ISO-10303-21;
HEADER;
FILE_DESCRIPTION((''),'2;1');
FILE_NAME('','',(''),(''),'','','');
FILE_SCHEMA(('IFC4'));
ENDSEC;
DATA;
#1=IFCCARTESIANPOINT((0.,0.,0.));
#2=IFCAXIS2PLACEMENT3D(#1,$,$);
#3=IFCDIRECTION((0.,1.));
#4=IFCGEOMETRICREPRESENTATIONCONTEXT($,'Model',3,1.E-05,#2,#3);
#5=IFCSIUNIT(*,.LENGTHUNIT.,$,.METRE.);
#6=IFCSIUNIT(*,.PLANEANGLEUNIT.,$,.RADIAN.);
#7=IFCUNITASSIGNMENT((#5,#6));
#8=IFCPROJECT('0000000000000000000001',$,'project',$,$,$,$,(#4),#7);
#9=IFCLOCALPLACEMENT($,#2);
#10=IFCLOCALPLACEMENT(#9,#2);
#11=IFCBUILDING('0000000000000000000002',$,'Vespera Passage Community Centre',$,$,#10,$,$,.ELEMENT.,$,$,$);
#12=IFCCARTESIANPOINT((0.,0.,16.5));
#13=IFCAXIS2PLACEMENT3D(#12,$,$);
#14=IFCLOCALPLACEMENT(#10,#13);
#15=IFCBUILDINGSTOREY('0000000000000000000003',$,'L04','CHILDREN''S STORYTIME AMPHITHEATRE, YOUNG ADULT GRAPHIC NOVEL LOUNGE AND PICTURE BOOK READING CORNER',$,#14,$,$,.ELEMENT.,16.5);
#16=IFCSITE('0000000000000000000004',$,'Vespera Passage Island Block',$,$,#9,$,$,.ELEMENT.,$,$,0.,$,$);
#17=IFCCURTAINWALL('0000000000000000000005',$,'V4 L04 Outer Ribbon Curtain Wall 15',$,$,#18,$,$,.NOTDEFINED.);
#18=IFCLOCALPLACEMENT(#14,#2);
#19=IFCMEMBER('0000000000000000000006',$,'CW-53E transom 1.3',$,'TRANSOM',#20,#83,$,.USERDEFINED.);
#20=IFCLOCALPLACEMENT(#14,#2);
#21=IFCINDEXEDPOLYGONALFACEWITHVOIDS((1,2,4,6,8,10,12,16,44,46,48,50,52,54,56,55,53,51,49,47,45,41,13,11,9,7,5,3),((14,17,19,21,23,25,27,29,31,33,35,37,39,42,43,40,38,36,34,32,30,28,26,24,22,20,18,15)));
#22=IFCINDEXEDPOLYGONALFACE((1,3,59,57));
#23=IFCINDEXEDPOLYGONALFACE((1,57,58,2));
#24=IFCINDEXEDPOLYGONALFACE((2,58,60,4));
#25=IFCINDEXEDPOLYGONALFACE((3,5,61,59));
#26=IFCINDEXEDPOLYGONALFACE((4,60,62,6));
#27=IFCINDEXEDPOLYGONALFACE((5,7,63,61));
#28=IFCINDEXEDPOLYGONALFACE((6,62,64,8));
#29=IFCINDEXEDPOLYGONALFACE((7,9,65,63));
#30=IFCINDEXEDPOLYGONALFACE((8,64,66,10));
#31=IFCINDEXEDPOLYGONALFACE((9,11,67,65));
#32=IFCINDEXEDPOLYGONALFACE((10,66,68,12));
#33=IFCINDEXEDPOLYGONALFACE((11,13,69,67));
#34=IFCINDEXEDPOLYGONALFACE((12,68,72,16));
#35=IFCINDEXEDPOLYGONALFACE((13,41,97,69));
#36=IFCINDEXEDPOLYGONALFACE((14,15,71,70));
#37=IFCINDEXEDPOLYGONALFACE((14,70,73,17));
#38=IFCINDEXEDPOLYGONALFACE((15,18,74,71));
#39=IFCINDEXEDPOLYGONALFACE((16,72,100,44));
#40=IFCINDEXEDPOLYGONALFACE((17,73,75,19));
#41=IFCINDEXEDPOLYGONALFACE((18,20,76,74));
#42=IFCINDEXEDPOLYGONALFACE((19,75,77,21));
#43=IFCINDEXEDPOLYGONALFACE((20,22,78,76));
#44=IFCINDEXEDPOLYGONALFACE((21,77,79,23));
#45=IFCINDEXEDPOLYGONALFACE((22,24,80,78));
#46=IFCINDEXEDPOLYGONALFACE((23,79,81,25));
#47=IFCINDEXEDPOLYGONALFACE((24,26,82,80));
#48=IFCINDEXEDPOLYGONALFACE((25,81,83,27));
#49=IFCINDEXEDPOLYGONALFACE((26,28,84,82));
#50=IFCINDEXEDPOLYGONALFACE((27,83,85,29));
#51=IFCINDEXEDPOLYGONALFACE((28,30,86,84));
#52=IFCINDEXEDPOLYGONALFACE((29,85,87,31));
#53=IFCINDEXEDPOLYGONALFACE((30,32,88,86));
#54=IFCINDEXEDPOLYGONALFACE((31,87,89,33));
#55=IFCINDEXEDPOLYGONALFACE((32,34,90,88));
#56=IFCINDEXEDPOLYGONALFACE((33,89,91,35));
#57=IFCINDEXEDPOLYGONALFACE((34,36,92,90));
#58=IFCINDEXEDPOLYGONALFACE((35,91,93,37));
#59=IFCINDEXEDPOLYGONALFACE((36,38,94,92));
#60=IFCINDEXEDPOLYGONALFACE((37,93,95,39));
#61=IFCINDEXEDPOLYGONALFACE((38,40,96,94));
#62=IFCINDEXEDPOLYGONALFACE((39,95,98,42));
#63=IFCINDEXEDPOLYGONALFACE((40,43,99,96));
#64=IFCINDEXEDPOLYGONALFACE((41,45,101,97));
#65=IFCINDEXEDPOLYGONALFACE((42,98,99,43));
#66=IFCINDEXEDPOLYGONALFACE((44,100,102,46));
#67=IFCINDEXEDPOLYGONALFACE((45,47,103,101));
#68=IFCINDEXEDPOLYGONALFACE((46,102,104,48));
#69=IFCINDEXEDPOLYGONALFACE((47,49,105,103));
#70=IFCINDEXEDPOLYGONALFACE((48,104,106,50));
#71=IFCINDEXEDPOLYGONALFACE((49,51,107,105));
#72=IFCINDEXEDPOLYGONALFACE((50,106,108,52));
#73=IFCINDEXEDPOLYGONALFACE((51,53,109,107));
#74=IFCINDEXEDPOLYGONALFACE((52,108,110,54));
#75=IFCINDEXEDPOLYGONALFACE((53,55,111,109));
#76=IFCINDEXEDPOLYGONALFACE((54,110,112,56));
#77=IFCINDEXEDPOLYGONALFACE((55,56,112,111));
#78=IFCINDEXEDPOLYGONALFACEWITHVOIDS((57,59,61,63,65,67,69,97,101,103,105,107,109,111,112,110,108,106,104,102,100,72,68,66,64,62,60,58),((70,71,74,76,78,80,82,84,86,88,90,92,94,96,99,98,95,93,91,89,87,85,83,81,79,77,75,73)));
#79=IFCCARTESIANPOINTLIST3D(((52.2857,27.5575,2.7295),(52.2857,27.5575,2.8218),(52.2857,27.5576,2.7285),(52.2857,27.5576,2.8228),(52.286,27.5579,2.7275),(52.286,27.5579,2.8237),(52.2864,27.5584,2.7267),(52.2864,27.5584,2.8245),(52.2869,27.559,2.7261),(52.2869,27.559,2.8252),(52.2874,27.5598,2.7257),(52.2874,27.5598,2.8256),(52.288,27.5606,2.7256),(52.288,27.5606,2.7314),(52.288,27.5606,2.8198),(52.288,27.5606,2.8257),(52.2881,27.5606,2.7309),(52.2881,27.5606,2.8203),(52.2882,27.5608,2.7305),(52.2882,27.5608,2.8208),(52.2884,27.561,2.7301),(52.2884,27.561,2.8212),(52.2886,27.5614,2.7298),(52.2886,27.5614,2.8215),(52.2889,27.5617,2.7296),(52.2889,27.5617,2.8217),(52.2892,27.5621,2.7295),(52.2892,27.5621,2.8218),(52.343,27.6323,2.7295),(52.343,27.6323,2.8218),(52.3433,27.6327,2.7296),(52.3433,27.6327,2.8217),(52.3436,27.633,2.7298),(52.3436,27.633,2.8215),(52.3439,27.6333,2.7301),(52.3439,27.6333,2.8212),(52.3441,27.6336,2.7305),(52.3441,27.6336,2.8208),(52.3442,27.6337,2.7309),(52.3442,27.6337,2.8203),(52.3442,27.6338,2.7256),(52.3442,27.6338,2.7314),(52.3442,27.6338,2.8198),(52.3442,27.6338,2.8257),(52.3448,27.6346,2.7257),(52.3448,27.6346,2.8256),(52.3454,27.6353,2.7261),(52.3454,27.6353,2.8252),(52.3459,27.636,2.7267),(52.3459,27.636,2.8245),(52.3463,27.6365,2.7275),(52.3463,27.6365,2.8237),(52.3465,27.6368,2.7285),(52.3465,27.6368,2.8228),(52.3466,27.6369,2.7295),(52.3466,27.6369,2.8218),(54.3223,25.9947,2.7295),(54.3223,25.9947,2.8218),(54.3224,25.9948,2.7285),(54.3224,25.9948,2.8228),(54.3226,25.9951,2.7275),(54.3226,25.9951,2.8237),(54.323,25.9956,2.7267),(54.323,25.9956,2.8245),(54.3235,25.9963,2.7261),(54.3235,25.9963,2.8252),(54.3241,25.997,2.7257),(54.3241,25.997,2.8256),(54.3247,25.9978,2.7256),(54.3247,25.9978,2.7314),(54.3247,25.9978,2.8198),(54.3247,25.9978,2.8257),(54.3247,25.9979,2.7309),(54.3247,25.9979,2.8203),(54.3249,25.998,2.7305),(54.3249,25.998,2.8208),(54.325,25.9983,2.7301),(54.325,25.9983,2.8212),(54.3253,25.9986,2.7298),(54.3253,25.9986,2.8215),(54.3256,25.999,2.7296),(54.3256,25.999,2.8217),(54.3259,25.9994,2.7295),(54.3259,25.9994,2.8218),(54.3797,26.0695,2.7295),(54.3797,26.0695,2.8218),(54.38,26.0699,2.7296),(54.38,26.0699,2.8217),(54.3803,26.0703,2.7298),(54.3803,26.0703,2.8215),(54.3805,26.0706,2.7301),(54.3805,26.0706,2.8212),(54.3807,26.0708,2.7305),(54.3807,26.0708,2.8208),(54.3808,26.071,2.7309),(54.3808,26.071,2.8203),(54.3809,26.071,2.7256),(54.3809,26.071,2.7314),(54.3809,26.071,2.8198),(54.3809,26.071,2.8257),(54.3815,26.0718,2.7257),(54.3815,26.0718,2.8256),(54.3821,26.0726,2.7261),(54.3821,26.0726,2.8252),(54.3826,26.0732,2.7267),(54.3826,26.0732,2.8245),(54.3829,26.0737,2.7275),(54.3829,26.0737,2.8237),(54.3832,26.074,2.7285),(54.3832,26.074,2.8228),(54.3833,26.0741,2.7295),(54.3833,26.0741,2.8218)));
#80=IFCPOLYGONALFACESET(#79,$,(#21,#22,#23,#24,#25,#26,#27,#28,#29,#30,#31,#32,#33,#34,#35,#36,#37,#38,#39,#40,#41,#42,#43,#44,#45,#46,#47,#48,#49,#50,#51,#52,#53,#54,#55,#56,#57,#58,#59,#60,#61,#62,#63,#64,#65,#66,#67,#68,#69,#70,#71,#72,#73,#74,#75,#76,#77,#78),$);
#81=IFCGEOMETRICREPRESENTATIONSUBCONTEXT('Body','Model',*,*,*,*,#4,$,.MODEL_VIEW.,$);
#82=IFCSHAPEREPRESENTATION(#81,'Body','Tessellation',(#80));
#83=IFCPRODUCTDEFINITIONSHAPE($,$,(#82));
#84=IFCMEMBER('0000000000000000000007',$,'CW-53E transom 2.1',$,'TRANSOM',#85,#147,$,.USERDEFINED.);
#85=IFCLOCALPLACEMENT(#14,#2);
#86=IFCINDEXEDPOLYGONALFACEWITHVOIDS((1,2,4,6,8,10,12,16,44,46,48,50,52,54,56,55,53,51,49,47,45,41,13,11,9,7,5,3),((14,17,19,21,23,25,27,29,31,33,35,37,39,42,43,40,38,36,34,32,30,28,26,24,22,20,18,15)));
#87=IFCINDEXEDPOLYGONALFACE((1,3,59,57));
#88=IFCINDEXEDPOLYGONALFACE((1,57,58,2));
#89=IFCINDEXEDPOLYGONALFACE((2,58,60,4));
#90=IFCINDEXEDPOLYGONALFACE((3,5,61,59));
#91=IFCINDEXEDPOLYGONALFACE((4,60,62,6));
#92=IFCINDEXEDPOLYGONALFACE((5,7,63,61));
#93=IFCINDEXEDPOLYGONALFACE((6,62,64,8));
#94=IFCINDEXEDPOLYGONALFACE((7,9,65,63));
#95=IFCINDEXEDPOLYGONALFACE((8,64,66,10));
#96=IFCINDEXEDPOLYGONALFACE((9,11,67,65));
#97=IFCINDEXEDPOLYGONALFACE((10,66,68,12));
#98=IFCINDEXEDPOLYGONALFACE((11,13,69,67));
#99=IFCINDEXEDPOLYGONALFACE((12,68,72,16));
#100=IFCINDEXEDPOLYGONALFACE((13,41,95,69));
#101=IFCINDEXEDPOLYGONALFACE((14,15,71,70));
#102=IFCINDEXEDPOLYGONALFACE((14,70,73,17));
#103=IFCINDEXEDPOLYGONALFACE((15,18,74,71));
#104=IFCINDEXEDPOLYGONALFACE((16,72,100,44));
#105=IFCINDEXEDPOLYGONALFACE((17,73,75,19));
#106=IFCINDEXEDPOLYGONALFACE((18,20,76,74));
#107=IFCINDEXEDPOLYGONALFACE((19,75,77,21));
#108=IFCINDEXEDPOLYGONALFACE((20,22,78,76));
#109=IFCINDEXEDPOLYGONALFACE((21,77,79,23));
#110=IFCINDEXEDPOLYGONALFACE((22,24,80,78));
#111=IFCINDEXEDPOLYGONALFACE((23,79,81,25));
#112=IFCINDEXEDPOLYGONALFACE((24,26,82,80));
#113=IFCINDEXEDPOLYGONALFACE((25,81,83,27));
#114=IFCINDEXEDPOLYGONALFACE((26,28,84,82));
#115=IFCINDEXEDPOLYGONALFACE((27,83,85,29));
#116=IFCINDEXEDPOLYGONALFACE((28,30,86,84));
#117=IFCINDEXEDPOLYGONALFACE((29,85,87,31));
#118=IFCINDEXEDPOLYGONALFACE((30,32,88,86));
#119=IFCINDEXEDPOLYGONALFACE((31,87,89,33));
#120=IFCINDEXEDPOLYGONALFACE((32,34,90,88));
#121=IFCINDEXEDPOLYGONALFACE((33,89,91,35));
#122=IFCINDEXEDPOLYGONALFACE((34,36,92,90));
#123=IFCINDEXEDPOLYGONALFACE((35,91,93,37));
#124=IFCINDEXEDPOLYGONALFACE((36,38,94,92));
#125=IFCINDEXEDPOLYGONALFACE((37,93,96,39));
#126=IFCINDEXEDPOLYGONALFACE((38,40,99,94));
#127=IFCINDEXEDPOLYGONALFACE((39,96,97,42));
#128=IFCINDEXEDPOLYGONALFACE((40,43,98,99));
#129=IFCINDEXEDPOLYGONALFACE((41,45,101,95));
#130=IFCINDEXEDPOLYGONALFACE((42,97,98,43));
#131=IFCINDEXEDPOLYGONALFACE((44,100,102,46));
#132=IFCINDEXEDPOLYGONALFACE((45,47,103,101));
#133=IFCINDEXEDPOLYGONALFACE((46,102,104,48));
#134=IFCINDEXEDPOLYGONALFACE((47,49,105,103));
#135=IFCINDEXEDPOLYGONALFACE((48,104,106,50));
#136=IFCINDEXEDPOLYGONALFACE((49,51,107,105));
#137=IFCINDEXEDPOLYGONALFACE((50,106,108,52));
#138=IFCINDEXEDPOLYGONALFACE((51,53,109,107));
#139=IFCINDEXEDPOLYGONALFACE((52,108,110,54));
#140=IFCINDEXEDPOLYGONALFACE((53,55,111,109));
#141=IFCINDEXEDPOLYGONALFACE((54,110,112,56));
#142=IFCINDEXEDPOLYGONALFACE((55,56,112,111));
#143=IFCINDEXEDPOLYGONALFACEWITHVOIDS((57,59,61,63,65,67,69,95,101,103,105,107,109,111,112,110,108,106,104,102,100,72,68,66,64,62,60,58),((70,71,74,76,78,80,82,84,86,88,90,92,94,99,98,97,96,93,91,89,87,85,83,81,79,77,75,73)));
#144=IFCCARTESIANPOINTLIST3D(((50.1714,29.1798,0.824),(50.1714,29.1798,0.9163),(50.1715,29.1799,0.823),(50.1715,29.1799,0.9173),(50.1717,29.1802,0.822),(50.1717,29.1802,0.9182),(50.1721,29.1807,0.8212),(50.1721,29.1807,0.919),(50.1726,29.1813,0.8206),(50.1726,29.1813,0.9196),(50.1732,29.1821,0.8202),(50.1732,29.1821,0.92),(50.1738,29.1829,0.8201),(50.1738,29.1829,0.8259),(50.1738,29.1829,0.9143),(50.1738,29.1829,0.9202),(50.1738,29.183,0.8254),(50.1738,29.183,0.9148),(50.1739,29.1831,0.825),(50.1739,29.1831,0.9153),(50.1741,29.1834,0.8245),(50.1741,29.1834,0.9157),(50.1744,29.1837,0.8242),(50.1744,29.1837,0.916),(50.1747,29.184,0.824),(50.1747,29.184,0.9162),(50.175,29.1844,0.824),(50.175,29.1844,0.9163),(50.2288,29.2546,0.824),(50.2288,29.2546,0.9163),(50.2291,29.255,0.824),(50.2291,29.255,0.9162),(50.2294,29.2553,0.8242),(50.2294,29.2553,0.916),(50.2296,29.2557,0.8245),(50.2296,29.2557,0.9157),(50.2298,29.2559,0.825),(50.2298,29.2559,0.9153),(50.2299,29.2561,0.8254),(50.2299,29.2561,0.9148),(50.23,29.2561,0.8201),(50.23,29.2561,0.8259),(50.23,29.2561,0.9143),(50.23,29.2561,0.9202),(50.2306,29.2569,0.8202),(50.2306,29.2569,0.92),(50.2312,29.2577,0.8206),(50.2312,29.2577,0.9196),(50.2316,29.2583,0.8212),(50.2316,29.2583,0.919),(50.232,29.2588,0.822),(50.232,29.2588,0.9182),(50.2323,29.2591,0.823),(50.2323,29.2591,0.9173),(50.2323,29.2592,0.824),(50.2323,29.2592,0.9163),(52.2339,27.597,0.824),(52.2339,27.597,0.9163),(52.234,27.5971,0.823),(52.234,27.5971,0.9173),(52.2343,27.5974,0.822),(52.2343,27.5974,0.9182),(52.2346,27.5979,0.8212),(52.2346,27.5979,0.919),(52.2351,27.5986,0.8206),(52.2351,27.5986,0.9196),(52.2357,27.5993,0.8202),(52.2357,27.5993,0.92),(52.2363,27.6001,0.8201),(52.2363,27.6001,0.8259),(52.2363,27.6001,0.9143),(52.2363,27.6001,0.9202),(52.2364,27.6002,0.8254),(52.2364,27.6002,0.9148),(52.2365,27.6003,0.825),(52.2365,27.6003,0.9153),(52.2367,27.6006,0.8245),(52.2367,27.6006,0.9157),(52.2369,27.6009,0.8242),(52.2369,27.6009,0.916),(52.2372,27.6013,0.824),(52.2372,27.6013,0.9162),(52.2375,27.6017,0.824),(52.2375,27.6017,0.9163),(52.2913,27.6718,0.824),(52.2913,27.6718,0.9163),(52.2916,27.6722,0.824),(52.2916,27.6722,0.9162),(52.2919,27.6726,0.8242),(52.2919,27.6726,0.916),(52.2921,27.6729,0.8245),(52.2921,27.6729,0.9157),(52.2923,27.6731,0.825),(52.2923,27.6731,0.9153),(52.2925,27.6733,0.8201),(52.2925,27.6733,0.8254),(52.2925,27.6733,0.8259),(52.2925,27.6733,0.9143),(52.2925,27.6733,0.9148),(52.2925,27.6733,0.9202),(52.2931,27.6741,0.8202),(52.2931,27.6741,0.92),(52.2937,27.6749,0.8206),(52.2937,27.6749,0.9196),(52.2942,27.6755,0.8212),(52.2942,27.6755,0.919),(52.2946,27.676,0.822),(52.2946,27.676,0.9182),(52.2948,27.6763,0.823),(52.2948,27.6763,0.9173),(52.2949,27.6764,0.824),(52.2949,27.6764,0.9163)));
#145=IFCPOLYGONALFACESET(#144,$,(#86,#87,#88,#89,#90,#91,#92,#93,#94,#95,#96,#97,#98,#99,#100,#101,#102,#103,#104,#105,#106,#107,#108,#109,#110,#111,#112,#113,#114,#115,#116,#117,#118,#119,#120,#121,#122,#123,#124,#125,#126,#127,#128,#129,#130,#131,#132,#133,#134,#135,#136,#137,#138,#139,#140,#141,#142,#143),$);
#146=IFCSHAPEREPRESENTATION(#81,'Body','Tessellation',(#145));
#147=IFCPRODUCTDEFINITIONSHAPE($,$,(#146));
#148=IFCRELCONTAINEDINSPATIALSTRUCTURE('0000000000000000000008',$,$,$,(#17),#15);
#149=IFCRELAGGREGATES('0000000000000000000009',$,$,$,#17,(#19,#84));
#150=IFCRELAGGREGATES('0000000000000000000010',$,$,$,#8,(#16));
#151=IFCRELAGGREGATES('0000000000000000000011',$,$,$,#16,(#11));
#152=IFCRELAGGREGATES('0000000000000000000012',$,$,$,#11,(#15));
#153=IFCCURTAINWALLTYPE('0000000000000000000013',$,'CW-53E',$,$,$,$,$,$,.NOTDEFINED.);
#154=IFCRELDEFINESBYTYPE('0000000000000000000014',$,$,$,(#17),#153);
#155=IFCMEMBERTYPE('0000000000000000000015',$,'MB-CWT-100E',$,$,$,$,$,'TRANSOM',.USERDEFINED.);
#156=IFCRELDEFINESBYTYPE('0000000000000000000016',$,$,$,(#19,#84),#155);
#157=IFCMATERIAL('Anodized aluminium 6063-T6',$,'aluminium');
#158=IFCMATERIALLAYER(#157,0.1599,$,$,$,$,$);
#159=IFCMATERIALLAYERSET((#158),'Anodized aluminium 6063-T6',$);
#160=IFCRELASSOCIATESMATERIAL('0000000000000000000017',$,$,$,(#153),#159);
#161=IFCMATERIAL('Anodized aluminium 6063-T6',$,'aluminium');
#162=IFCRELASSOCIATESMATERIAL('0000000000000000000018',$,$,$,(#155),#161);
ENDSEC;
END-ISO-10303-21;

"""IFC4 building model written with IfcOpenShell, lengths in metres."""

from ifc_helpers import new_model, si_unit, direction, frame, origin, origin_2d, place, context, subcontext, project, spatial, hollow_rectangle, extrude, material, layer, layer_set, material_profile, profile_set, type_object, element, aggregate, save


model = new_model("IFC4")

# Units and contexts
model_context = context("Model", 3, precision=1e-05, world=origin(), true_north=direction((0.0, 1.0)))
body_context = subcontext(model_context, "Body", "Model", "MODEL_VIEW")
ifc_project = project(units=[si_unit("LENGTHUNIT", "METRE"), si_unit("PLANEANGLEUNIT", "RADIAN")], contexts=[model_context])

# Site, building, storey
site_placement = place(None, origin())
site = spatial("IfcSite", under=ifc_project, at=site_placement, Name="Vespera Passage Island Block", CompositionType="ELEMENT", RefElevation=0.0)
building_placement = place(site_placement, origin())
building = spatial("IfcBuilding", under=site, at=building_placement, Name="Vespera Passage Community Centre", CompositionType="ELEMENT")
storey_placement = place(building_placement, frame((0.0, 0.0, 16.5)))
storey = spatial("IfcBuildingStorey", under=building, at=storey_placement, Name="L04", Description="CHILDREN'S STORYTIME AMPHITHEATRE, YOUNG ADULT GRAPHIC NOVEL LOUNGE AND PICTURE BOOK READING CORNER", CompositionType="ELEMENT", Elevation=16.5)

# Curtain wall, members
ifc_material_1 = material(Name="Anodized aluminium 6063-T6", Category="aluminium")
ifc_layer_1 = layer(ifc_material_1, 0.1599)
ifc_layer_set_1 = layer_set([ifc_layer_1], Name="Anodized aluminium 6063-T6")
curtain_wall_type = type_object("IfcCurtainWallType", Name="CW-53E", PredefinedType="NOTDEFINED", material=ifc_layer_set_1)
curtain_wall_placement = place(storey_placement, origin())
curtain_wall = element("IfcCurtainWall", 1, at=curtain_wall_placement, inside=storey, type_object=curtain_wall_type, Name="V4 L04 Outer Ribbon Curtain Wall 15", PredefinedType="NOTDEFINED")
ifc_material_2 = material(Name="Anodized aluminium 6063-T6", Category="aluminium")
ifc_material_profile_1 = material_profile(ifc_material_2, hollow_rectangle(XDim=0.1001, YDim=0.1001, WallThickness=0.0039, InnerFilletRadius=0.002, OuterFilletRadius=0.0039, at=origin_2d()), Name="ALU100X100X4")
ifc_profile_set_1 = profile_set([ifc_material_profile_1], Name="Anodized aluminium 6063-T6")
member_type_1 = type_object("IfcMemberType", Name="MB-CWT-100E", ElementType="TRANSOM", PredefinedType="USERDEFINED", material=ifc_profile_set_1)
member_1_placement = place(storey_placement, frame((54.3528, 26.0344, 2.7756), z_axis=(-0.793355, 0.608759, 0.0), x_axis=(-0.608759, -0.793355, 0.0)))
member_1 = element("IfcMember", 2, at=member_1_placement, type_object=member_type_1, Name="CW-53E transom 1.3", ObjectType="TRANSOM", PredefinedType="USERDEFINED", context=body_context, shape_type="SweptSolid", body=[
    extrude(hollow_rectangle(XDim=0.1001, YDim=0.1001, WallThickness=0.0039, InnerFilletRadius=0.002, OuterFilletRadius=0.0039, at=origin_2d()), origin(), (0.0, 0.0, 1.0), 2.5671),
])
member_2_placement = place(storey_placement, frame((52.2644, 27.6367, 0.8701), z_axis=(-0.793325, 0.608798, 0.0), x_axis=(-0.608798, -0.793325, 0.0)))
member_2 = element("IfcMember", 3, at=member_2_placement, type_object=member_type_1, Name="CW-53E transom 2.1", ObjectType="TRANSOM", PredefinedType="USERDEFINED", context=body_context, shape_type="SweptSolid", body=[
    extrude(hollow_rectangle(XDim=0.1001, YDim=0.1001, WallThickness=0.0039, InnerFilletRadius=0.002, OuterFilletRadius=0.0039, at=origin_2d()), origin(), (0.0, 0.0, 1.0), 2.5999),
])
aggregate(curtain_wall, [member_1, member_2])

save(model, "model.ifc")
